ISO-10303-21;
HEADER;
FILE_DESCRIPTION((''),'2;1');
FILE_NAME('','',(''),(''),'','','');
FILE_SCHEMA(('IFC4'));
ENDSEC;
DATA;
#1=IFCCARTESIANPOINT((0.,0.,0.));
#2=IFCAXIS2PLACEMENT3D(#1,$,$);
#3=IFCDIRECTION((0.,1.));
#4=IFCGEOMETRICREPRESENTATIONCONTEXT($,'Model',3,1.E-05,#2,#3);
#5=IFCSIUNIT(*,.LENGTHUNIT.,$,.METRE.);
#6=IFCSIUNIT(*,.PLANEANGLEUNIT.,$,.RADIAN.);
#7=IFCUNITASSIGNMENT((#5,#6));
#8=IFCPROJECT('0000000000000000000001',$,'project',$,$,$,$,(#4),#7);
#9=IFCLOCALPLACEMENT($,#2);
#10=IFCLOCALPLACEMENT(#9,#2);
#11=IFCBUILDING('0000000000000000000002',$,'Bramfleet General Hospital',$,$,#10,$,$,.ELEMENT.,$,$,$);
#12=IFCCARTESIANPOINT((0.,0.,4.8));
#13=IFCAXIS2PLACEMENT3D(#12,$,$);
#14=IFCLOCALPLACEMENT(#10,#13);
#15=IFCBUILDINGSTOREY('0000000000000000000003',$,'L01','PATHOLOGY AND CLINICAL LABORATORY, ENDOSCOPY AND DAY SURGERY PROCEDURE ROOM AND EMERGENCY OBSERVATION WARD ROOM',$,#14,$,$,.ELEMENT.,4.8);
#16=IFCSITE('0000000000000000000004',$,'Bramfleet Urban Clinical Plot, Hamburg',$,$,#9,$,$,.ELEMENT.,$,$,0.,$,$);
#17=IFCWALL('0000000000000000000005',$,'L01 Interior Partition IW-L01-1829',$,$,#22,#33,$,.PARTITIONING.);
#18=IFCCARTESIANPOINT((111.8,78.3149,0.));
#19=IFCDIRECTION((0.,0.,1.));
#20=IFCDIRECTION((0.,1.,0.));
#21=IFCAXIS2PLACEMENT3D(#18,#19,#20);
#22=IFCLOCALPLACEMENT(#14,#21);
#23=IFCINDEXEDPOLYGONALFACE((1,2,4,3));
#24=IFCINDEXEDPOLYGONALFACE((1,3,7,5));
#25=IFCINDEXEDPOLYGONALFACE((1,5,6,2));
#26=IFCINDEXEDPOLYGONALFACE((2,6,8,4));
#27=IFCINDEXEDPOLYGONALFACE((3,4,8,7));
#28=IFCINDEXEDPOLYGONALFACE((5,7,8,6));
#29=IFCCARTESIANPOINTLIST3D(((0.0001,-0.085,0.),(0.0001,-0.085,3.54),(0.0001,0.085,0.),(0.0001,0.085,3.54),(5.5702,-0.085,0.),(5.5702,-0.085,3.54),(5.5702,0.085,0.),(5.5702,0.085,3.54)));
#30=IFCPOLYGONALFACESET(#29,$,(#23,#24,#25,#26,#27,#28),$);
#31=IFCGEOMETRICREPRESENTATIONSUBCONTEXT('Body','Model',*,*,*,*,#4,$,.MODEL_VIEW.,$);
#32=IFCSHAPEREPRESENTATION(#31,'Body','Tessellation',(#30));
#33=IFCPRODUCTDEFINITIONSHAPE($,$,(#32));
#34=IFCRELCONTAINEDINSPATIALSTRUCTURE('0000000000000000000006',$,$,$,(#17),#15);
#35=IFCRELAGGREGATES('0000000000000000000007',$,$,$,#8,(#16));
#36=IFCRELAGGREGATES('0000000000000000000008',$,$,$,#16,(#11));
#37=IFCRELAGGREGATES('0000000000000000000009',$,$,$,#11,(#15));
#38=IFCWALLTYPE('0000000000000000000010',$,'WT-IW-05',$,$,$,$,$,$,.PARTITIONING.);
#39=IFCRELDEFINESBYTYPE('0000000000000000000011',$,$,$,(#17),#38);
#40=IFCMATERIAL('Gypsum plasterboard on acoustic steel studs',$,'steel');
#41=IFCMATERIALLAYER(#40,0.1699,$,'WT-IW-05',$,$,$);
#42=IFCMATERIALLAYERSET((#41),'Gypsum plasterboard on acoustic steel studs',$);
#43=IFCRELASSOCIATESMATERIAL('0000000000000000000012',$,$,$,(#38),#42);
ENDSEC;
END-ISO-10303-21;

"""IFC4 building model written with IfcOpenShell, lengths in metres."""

from ifc_helpers import new_model, si_unit, direction, frame, frame_2d, origin, place, context, subcontext, project, spatial, rectangle, extrude, material, layer, layer_set, type_object, element, save


model = new_model("IFC4")

# Units and contexts
model_context = context("Model", 3, precision=1e-05, world=origin(), true_north=direction((0.0, 1.0)))
body_context = subcontext(model_context, "Body", "Model", "MODEL_VIEW")
ifc_project = project(units=[si_unit("LENGTHUNIT", "METRE"), si_unit("PLANEANGLEUNIT", "RADIAN")], contexts=[model_context])

# Site, building, storey
site_placement = place(None, origin())
site = spatial("IfcSite", under=ifc_project, at=site_placement, Name="Bramfleet Urban Clinical Plot, Hamburg", CompositionType="ELEMENT", RefElevation=0.0)
building_placement = place(site_placement, origin())
building = spatial("IfcBuilding", under=site, at=building_placement, Name="Bramfleet General Hospital", CompositionType="ELEMENT")
storey_placement = place(building_placement, frame((0.0, 0.0, 4.8)))
storey = spatial("IfcBuildingStorey", under=building, at=storey_placement, Name="L01", Description="PATHOLOGY AND CLINICAL LABORATORY, ENDOSCOPY AND DAY SURGERY PROCEDURE ROOM AND EMERGENCY OBSERVATION WARD ROOM", CompositionType="ELEMENT", Elevation=4.8)

# Wall
ifc_material_1 = material(Name="Gypsum plasterboard on acoustic steel studs", Category="steel")
ifc_layer_1 = layer(ifc_material_1, 0.1699, Name="WT-IW-05")
ifc_layer_set_1 = layer_set([ifc_layer_1], Name="Gypsum plasterboard on acoustic steel studs")
wall_type_1 = type_object("IfcWallType", Name="WT-IW-05", PredefinedType="PARTITIONING", material=ifc_layer_set_1)
wall_1_placement = place(storey_placement, frame((111.8, 78.3149, 0.0), z_axis=(0.0, 0.0, 1.0), x_axis=(0.0, 1.0, 0.0)))
element("IfcWall", 1, at=wall_1_placement, inside=storey, type_object=wall_type_1, Name="L01 Interior Partition IW-L01-1829", PredefinedType="PARTITIONING", context=body_context, shape_type="SweptSolid", body=[
    extrude(rectangle(XDim=5.5701, YDim=0.1699, at=frame_2d((2.7852, 0.0))), origin(), (0.0, 0.0, 1.0), 3.54),
])

save(model, "model.ifc")
